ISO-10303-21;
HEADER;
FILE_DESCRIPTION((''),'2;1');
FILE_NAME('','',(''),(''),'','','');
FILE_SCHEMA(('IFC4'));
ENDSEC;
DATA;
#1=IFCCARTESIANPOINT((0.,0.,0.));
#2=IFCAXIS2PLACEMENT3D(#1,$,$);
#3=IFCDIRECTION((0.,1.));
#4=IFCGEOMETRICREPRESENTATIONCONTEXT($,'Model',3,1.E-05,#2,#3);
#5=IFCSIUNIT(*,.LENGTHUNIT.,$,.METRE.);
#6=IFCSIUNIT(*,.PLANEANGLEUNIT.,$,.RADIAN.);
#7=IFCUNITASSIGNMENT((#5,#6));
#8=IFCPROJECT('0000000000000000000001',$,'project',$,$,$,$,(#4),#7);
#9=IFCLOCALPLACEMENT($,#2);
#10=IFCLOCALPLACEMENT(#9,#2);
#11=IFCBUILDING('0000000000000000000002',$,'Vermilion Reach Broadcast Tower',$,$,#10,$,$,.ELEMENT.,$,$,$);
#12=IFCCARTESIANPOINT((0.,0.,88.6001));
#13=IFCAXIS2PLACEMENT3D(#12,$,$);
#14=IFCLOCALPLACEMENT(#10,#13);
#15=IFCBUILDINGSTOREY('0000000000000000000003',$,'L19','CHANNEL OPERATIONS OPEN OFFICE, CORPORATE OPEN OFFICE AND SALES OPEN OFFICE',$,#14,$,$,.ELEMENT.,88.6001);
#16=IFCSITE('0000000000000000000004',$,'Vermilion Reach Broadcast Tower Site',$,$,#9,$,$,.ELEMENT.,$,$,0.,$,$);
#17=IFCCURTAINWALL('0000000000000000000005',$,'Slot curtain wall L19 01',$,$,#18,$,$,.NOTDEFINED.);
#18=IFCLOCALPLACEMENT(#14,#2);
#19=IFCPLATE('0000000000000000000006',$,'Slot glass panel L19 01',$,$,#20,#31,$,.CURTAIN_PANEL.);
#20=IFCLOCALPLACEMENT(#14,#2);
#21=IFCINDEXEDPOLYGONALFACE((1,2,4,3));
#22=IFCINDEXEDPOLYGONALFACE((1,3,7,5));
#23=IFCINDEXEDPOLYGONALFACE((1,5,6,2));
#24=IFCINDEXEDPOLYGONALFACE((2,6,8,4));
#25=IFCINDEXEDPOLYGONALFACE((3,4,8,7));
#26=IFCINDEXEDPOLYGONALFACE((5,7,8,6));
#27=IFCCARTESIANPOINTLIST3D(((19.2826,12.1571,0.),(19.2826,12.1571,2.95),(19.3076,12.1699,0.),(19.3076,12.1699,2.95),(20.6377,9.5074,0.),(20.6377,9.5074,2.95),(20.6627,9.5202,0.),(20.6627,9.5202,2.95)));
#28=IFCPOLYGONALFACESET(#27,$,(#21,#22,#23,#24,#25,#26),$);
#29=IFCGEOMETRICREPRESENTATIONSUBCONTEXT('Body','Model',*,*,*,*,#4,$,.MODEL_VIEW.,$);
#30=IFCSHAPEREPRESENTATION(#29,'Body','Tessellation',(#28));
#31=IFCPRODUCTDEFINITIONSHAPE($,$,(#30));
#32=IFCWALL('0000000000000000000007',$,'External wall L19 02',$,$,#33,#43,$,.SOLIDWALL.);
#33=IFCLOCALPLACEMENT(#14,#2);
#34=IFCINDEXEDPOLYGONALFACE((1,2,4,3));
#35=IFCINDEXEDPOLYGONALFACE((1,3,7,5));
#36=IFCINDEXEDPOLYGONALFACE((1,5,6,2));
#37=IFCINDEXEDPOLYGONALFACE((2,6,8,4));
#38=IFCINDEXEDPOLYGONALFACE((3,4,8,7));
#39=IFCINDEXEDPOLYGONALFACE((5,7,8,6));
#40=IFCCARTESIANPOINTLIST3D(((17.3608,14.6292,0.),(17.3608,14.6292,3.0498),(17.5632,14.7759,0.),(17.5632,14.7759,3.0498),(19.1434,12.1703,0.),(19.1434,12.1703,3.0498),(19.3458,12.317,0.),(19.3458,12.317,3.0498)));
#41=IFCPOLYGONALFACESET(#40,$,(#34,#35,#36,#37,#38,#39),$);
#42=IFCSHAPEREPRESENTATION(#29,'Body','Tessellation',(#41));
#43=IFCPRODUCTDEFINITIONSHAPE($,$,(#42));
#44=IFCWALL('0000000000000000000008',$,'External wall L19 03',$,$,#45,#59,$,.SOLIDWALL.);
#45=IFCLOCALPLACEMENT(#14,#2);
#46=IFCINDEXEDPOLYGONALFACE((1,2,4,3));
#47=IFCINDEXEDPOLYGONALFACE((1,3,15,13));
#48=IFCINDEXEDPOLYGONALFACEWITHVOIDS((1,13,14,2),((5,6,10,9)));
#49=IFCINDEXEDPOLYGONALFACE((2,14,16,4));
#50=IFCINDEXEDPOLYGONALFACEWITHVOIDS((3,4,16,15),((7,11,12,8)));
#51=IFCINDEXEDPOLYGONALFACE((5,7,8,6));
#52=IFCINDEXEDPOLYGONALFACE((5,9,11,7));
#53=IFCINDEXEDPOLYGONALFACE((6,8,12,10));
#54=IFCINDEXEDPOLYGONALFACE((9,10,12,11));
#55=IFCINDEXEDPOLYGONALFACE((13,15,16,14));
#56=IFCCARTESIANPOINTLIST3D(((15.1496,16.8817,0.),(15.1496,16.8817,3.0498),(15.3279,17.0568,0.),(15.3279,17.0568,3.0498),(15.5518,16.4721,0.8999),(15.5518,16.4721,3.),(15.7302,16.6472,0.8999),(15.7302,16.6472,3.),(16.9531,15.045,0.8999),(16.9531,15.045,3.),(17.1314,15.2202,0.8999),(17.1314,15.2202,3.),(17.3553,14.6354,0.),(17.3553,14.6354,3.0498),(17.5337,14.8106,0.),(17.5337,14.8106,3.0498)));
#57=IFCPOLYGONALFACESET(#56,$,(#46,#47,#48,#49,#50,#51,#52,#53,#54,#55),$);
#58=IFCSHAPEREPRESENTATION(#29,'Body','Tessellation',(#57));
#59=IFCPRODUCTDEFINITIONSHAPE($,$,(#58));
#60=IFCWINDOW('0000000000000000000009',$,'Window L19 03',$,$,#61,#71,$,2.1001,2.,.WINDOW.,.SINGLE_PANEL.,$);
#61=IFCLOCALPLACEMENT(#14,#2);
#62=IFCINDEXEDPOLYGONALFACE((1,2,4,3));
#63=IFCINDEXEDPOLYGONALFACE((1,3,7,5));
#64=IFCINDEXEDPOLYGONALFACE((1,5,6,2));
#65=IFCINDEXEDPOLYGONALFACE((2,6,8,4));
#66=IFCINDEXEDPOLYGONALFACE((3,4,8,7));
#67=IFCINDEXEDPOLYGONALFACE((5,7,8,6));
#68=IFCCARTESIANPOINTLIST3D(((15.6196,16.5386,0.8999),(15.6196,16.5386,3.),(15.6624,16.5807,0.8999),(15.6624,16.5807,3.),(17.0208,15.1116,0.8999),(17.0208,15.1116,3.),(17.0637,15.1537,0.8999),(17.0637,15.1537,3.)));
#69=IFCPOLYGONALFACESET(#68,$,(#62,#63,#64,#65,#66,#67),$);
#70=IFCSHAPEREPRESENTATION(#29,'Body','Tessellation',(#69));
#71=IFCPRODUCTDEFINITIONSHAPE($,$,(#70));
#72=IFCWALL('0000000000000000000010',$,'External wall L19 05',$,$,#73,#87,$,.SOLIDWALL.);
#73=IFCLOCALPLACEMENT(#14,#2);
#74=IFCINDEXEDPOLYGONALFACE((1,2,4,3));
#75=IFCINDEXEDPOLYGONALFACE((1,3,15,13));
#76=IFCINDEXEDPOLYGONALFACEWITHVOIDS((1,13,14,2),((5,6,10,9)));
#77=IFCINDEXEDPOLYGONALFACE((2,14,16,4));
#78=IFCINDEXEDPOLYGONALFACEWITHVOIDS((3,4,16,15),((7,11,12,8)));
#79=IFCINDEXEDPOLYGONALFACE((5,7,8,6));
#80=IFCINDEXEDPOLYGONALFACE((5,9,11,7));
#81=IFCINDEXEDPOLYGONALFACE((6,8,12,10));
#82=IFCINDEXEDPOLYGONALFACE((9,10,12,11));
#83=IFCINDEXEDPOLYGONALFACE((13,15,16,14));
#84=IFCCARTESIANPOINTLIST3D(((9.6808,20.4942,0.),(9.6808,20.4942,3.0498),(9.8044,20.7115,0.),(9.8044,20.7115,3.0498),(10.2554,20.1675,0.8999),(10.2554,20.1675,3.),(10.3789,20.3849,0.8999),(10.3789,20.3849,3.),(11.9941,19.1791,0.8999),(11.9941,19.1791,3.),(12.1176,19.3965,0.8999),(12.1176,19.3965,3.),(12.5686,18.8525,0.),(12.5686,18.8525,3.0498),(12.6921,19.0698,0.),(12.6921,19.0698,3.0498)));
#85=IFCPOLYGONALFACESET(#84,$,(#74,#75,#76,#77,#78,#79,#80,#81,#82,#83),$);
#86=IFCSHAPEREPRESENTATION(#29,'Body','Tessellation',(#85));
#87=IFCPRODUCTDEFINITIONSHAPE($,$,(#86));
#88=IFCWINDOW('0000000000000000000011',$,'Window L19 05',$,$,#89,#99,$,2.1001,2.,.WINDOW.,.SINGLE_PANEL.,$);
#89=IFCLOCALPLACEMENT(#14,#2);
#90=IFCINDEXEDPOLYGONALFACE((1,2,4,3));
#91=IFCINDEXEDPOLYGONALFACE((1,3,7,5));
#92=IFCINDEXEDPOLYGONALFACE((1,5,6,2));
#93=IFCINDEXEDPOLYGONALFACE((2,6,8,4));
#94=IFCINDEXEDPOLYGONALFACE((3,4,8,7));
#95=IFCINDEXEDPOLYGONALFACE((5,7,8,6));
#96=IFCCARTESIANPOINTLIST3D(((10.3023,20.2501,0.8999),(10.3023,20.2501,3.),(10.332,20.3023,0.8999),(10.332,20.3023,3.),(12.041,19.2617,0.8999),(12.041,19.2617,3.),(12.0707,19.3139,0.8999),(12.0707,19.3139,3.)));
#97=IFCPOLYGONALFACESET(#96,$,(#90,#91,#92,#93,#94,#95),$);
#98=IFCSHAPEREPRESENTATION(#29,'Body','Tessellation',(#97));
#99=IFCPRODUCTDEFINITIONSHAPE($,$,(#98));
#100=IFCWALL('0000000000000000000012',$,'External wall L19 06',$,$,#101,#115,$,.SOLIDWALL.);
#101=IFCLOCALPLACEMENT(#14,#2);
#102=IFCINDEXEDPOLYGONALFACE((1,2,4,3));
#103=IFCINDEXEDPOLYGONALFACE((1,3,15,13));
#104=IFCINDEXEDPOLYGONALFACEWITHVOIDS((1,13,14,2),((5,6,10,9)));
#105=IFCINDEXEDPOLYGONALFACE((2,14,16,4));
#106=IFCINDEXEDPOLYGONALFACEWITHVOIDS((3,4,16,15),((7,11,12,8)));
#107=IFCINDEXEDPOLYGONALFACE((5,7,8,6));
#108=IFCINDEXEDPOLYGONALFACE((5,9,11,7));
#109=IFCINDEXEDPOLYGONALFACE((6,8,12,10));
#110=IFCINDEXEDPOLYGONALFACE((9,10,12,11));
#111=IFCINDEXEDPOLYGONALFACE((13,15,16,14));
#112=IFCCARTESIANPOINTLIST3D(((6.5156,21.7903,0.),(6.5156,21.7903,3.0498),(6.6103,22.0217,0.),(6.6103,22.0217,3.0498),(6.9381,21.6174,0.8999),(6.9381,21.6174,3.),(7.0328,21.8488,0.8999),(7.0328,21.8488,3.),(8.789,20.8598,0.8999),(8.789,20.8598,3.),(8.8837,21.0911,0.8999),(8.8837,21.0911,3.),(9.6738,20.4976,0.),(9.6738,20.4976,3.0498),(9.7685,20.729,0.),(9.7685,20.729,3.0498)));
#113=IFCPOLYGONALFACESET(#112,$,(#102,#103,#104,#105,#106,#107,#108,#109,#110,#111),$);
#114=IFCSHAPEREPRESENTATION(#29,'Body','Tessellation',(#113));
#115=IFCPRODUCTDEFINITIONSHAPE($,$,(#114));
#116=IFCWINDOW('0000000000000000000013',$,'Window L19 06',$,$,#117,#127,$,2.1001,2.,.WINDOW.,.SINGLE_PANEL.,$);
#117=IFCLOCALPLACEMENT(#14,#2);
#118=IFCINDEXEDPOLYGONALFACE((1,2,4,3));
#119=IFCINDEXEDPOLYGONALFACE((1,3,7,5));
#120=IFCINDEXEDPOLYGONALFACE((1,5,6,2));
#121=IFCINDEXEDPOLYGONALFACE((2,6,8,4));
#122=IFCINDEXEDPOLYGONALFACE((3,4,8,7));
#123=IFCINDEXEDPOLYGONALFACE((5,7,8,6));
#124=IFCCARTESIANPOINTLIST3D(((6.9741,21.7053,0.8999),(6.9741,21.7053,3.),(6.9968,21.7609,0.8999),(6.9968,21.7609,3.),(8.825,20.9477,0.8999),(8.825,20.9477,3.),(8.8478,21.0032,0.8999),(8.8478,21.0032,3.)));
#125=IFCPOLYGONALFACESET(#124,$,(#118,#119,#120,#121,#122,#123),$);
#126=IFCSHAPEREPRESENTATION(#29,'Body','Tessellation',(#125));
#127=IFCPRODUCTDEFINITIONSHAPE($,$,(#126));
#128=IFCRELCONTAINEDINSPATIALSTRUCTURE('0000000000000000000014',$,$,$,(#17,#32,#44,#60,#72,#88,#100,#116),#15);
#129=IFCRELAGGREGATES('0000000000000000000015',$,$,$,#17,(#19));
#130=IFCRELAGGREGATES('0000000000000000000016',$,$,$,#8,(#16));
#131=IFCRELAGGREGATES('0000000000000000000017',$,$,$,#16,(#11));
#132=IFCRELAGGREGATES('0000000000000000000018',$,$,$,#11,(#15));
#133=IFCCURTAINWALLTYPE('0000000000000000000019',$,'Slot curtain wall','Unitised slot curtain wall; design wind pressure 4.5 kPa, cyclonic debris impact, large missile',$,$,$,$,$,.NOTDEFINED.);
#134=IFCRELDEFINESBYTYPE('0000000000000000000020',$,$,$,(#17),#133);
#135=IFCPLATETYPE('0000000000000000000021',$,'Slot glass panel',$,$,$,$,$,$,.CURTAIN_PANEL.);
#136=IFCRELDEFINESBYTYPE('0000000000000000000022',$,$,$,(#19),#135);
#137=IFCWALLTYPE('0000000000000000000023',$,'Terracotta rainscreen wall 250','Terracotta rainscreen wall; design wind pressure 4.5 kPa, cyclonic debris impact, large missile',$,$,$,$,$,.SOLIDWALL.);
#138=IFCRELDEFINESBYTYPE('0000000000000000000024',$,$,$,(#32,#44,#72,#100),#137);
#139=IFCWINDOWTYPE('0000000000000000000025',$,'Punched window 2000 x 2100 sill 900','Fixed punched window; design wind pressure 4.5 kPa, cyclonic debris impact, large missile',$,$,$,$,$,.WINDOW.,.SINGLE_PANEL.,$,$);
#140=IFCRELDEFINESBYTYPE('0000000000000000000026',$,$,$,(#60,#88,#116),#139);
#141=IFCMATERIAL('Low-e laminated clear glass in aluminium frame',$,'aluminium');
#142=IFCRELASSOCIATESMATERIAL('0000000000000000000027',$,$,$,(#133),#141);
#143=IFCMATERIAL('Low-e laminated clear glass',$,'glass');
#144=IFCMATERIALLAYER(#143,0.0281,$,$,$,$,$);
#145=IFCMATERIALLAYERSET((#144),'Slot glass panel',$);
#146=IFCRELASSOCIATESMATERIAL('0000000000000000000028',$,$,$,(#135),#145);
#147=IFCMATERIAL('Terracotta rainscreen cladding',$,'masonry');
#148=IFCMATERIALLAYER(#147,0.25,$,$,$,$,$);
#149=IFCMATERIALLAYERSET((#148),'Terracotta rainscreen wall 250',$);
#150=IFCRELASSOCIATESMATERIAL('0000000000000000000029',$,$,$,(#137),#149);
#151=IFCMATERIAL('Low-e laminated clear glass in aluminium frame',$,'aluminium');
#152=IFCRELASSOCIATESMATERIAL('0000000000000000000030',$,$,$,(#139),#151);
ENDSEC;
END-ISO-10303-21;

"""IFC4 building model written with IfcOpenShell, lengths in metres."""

from ifc_helpers import new_model, si_unit, direction, frame, frame_2d, origin, origin_2d, place, context, subcontext, project, spatial, rectangle, extrude, material, layer, layer_set, type_object, element, fill, aggregate, save


model = new_model("IFC4")

# Units and contexts
model_context = context("Model", 3, precision=1e-05, world=origin(), true_north=direction((0.0, 1.0)))
body_context = subcontext(model_context, "Body", "Model", "MODEL_VIEW")
ifc_project = project(units=[si_unit("LENGTHUNIT", "METRE"), si_unit("PLANEANGLEUNIT", "RADIAN")], contexts=[model_context])

# Site, building, storey
site_placement = place(None, origin())
site = spatial("IfcSite", under=ifc_project, at=site_placement, Name="Vermilion Reach Broadcast Tower Site", CompositionType="ELEMENT", RefElevation=0.0)
building_placement = place(site_placement, origin())
building = spatial("IfcBuilding", under=site, at=building_placement, Name="Vermilion Reach Broadcast Tower", CompositionType="ELEMENT")
storey_placement = place(building_placement, frame((0.0, 0.0, 88.6001)))
storey = spatial("IfcBuildingStorey", under=building, at=storey_placement, Name="L19", Description="CHANNEL OPERATIONS OPEN OFFICE, CORPORATE OPEN OFFICE AND SALES OPEN OFFICE", CompositionType="ELEMENT", Elevation=88.6001)

# Curtain wall, plate
ifc_material_1 = material(Name="Low-e laminated clear glass in aluminium frame", Category="aluminium")
curtain_wall_type = type_object("IfcCurtainWallType", Name="Slot curtain wall", Description="Unitised slot curtain wall; design wind pressure 4.5 kPa, cyclonic debris impact, large missile", PredefinedType="NOTDEFINED", material=ifc_material_1)
curtain_wall_placement = place(storey_placement, origin())
curtain_wall = element("IfcCurtainWall", 1, at=curtain_wall_placement, inside=storey, type_object=curtain_wall_type, Name="Slot curtain wall L19 01", PredefinedType="NOTDEFINED")
ifc_material_2 = material(Name="Low-e laminated clear glass", Category="glass")
ifc_layer_1 = layer(ifc_material_2, 0.0281)
ifc_layer_set_1 = layer_set([ifc_layer_1], Name="Slot glass panel")
plate_type = type_object("IfcPlateType", Name="Slot glass panel", PredefinedType="CURTAIN_PANEL", material=ifc_layer_set_1)
plate_placement = place(storey_placement, frame((19.9727, 10.8386, 0.0), z_axis=(0.0, 0.0, 1.0), x_axis=(-0.455304, 0.890336, 0.0)))
plate = element("IfcPlate", 2, at=plate_placement, type_object=plate_type, Name="Slot glass panel L19 01", PredefinedType="CURTAIN_PANEL", context=body_context, shape_type="SweptSolid", body=[
    extrude(rectangle(XDim=2.9761, YDim=0.0281, at=origin_2d()), origin(), (0.0, 0.0, 1.0), 2.95),
])
aggregate(curtain_wall, [plate])

# Wall
ifc_material_3 = material(Name="Terracotta rainscreen cladding", Category="masonry")
ifc_layer_2 = layer(ifc_material_3, 0.25)
ifc_layer_set_2 = layer_set([ifc_layer_2], Name="Terracotta rainscreen wall 250")
wall_type = type_object("IfcWallType", Name="Terracotta rainscreen wall 250", Description="Terracotta rainscreen wall; design wind pressure 4.5 kPa, cyclonic debris impact, large missile", PredefinedType="SOLIDWALL", material=ifc_layer_set_2)
wall_1_placement = place(storey_placement, frame((19.2446, 12.2437, 0.0), z_axis=(0.0, 0.0, 1.0), x_axis=(-0.586957, 0.809618, 0.0)))
element("IfcWall", 3, at=wall_1_placement, inside=storey, type_object=wall_type, Name="External wall L19 02", PredefinedType="SOLIDWALL", context=body_context, shape_type="SweptSolid", body=[
    extrude(rectangle(XDim=3.0371, YDim=0.25, at=frame_2d((1.5186, 0.0))), origin(), (0.0, 0.0, 1.0), 3.0498),
])

# Wall, opening, window
wall_2_placement = place(storey_placement, frame((17.4446, 14.7229, 0.0), z_axis=(0.0, 0.0, 1.0), x_axis=(-0.700641, 0.713514, 0.0)))
wall_2 = element("IfcWall", 4, at=wall_2_placement, inside=storey, type_object=wall_type, Name="External wall L19 03", PredefinedType="SOLIDWALL", context=body_context, shape_type="SweptSolid", body=[
    extrude(rectangle(XDim=3.1482, YDim=0.25, at=frame_2d((1.5742, 0.0))), origin(), (0.0, 0.0, 1.0), 3.0498),
])
opening_1_placement = place(wall_2_placement, frame((0.5742, 0.0, 0.8999)))
opening_1 = element("IfcOpeningElement", 5, at=opening_1_placement, cuts=wall_2, PredefinedType="OPENING", context=body_context, shape_type="SweptSolid", body=[
    extrude(rectangle(XDim=2.0, YDim=2.1001, at=frame_2d((1.0, 1.05))), frame((0.0, 0.135, 0.0), z_axis=(0.0, -1.0, 0.0), x_axis=(1.0, 0.0, 0.0)), (0.0, 0.0, 1.0), 0.27),
])
ifc_material_4 = material(Name="Low-e laminated clear glass in aluminium frame", Category="aluminium")
window_type = type_object("IfcWindowType", Name="Punched window 2000 x 2100 sill 900", Description="Fixed punched window; design wind pressure 4.5 kPa, cyclonic debris impact, large missile", PartitioningType="SINGLE_PANEL", PredefinedType="WINDOW", material=ifc_material_4)
window_1_placement = place(opening_1_placement, origin())
window_1 = element("IfcWindow", 6, at=window_1_placement, inside=storey, type_object=window_type, Name="Window L19 03", OverallHeight=2.1001, OverallWidth=2.0, PartitioningType="SINGLE_PANEL", PredefinedType="WINDOW", context=body_context, shape_type="SweptSolid", body=[
    extrude(rectangle(XDim=2.0, YDim=2.1001, at=frame_2d((1.0, 1.05))), frame((0.0, 0.03, 0.0), z_axis=(0.0, -1.0, 0.0), x_axis=(1.0, 0.0, 0.0)), (0.0, 0.0, 1.0), 0.0601),
])
fill(opening_1, window_1)

# Walls, openings, windows
wall_3_placement = place(storey_placement, frame((12.6304, 18.9612, 0.0), z_axis=(0.0, 0.0, 1.0), x_axis=(-0.869345, 0.494206, 0.0)))
wall_3 = element("IfcWall", 7, at=wall_3_placement, inside=storey, type_object=wall_type, Name="External wall L19 05", PredefinedType="SOLIDWALL", context=body_context, shape_type="SweptSolid", body=[
    extrude(rectangle(XDim=3.3218, YDim=0.25, at=frame_2d((1.6609, 0.0))), origin(), (0.0, 0.0, 1.0), 3.0498),
])
opening_2_placement = place(wall_3_placement, frame((0.6609, 0.0, 0.8999)))
opening_2 = element("IfcOpeningElement", 8, at=opening_2_placement, cuts=wall_3, PredefinedType="OPENING", context=body_context, shape_type="SweptSolid", body=[
    extrude(rectangle(XDim=2.0, YDim=2.1001, at=frame_2d((1.0, 1.05))), frame((0.0, 0.135, 0.0), z_axis=(0.0, -1.0, 0.0), x_axis=(1.0, 0.0, 0.0)), (0.0, 0.0, 1.0), 0.27),
])
window_2_placement = place(opening_2_placement, origin())
window_2 = element("IfcWindow", 9, at=window_2_placement, inside=storey, type_object=window_type, Name="Window L19 05", OverallHeight=2.1001, OverallWidth=2.0, PartitioningType="SINGLE_PANEL", PredefinedType="WINDOW", context=body_context, shape_type="SweptSolid", body=[
    extrude(rectangle(XDim=2.0, YDim=2.1001, at=frame_2d((1.0, 1.05))), frame((0.0, 0.03, 0.0), z_axis=(0.0, -1.0, 0.0), x_axis=(1.0, 0.0, 0.0)), (0.0, 0.0, 1.0), 0.0601),
])
fill(opening_2, window_2)
wall_4_placement = place(storey_placement, frame((9.7212, 20.6133, 0.0), z_axis=(0.0, 0.0, 1.0), x_axis=(-0.925472, 0.378817, 0.0)))
wall_4 = element("IfcWall", 10, at=wall_4_placement, inside=storey, type_object=wall_type, Name="External wall L19 06", PredefinedType="SOLIDWALL", context=body_context, shape_type="SweptSolid", body=[
    extrude(rectangle(XDim=3.4126, YDim=0.25, at=frame_2d((1.7063, 0.0))), origin(), (0.0, 0.0, 1.0), 3.0498),
])
opening_3_placement = place(wall_4_placement, frame((0.9561, 0.0, 0.8999)))
opening_3 = element("IfcOpeningElement", 11, at=opening_3_placement, cuts=wall_4, PredefinedType="OPENING", context=body_context, shape_type="SweptSolid", body=[
    extrude(rectangle(XDim=2.0, YDim=2.1001, at=frame_2d((1.0, 1.05))), frame((0.0, 0.135, 0.0), z_axis=(0.0, -1.0, 0.0), x_axis=(1.0, 0.0, 0.0)), (0.0, 0.0, 1.0), 0.27),
])
window_3_placement = place(opening_3_placement, origin())
window_3 = element("IfcWindow", 12, at=window_3_placement, inside=storey, type_object=window_type, Name="Window L19 06", OverallHeight=2.1001, OverallWidth=2.0, PartitioningType="SINGLE_PANEL", PredefinedType="WINDOW", context=body_context, shape_type="SweptSolid", body=[
    extrude(rectangle(XDim=2.0, YDim=2.1001, at=frame_2d((1.0, 1.05))), frame((0.0, 0.03, 0.0), z_axis=(0.0, -1.0, 0.0), x_axis=(1.0, 0.0, 0.0)), (0.0, 0.0, 1.0), 0.0601),
])
fill(opening_3, window_3)

save(model, "model.ifc")
